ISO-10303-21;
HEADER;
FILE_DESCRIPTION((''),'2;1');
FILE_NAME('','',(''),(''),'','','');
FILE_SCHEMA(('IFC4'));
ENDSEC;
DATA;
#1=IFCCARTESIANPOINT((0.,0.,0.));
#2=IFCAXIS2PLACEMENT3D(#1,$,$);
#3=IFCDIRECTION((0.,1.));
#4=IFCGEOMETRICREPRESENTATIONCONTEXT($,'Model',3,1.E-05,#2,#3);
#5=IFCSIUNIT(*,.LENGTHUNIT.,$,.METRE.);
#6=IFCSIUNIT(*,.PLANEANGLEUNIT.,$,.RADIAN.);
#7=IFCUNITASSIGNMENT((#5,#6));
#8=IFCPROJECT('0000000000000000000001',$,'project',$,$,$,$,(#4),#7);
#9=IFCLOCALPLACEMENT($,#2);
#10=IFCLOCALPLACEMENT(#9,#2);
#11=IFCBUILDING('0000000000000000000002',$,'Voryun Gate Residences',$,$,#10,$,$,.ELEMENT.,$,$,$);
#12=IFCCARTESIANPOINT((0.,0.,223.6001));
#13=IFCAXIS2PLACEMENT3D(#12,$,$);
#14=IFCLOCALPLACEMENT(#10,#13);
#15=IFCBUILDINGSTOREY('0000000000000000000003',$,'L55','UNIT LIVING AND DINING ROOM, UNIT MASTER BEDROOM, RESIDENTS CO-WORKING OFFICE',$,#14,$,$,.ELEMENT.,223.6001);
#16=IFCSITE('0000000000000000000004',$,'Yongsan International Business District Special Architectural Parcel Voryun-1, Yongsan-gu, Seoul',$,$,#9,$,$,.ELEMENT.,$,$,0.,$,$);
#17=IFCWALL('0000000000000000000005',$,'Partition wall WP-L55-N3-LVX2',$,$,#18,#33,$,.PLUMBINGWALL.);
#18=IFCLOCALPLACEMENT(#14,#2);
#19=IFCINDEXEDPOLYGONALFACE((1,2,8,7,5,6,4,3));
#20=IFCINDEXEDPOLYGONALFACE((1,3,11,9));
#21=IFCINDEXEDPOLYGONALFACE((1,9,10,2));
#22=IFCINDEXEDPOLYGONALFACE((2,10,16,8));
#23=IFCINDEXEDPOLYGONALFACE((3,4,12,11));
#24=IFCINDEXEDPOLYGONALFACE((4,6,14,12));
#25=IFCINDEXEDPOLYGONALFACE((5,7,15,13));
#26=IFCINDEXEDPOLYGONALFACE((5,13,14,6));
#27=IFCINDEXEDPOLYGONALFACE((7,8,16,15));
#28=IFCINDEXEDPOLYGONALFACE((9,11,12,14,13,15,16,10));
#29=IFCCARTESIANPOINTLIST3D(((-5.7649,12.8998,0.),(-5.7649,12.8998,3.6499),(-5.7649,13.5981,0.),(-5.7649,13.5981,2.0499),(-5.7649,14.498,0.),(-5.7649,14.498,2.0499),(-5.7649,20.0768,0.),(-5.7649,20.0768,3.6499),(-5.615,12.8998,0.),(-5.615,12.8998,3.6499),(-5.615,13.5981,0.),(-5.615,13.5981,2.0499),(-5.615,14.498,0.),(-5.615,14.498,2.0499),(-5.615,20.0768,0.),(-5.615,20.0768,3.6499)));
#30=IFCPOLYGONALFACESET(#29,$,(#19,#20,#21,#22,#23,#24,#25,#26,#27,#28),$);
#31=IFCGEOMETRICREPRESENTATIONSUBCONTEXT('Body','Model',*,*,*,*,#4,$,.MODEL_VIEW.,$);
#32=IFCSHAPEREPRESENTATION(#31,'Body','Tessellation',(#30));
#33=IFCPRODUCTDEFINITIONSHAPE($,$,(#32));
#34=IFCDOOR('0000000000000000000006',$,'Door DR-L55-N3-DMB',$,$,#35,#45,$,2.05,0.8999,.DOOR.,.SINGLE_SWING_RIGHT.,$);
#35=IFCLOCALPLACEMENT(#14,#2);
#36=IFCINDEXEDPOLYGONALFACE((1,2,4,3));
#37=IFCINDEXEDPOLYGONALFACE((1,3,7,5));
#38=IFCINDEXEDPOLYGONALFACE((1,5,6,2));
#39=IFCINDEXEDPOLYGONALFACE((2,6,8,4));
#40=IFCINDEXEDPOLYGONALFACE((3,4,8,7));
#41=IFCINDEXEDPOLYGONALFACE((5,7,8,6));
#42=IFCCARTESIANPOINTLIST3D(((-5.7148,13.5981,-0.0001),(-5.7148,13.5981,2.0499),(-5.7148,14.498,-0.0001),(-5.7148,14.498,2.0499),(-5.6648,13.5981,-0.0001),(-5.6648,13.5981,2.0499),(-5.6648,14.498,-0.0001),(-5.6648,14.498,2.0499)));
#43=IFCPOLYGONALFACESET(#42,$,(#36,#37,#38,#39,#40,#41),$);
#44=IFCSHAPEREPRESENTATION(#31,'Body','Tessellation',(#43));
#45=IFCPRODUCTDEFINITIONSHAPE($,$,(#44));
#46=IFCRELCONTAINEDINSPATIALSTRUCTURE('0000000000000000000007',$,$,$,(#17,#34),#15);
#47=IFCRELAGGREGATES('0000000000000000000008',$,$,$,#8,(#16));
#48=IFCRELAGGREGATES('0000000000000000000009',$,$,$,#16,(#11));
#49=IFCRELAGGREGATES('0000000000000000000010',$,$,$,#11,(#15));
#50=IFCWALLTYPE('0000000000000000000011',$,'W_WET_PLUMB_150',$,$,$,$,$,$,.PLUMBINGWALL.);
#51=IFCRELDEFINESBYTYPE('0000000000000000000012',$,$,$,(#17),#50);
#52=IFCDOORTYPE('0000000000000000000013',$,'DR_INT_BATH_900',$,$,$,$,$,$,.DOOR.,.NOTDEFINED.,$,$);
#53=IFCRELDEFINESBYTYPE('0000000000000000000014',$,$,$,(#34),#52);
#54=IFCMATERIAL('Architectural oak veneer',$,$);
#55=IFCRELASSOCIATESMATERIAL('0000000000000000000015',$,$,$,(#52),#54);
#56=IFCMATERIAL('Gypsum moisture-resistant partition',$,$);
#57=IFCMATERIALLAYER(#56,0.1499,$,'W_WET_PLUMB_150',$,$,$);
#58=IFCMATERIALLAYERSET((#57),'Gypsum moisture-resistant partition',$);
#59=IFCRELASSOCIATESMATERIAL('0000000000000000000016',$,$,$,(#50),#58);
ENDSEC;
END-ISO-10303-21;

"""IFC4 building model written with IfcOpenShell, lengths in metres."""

from ifc_helpers import new_model, si_unit, direction, frame, frame_2d, origin, place, context, subcontext, project, spatial, rectangle, extrude, material, layer, layer_set, type_object, element, fill, save


model = new_model("IFC4")

# Units and contexts
model_context = context("Model", 3, precision=1e-05, world=origin(), true_north=direction((0.0, 1.0)))
body_context = subcontext(model_context, "Body", "Model", "MODEL_VIEW")
ifc_project = project(units=[si_unit("LENGTHUNIT", "METRE"), si_unit("PLANEANGLEUNIT", "RADIAN")], contexts=[model_context])

# Site, building, storey
site_placement = place(None, origin())
site = spatial("IfcSite", under=ifc_project, at=site_placement, Name="Yongsan International Business District Special Architectural Parcel Voryun-1, Yongsan-gu, Seoul", CompositionType="ELEMENT", RefElevation=0.0)
building_placement = place(site_placement, origin())
building = spatial("IfcBuilding", under=site, at=building_placement, Name="Voryun Gate Residences", CompositionType="ELEMENT")
storey_placement = place(building_placement, frame((0.0, 0.0, 223.6001)))
storey = spatial("IfcBuildingStorey", under=building, at=storey_placement, Name="L55", Description="UNIT LIVING AND DINING ROOM, UNIT MASTER BEDROOM, RESIDENTS CO-WORKING OFFICE", CompositionType="ELEMENT", Elevation=223.6001)

# Shared definitions
ifc_material_1 = material(Name="Architectural oak veneer")
door_type_1 = type_object("IfcDoorType", Name="DR_INT_BATH_900", OperationType="NOTDEFINED", PredefinedType="DOOR", material=ifc_material_1)

# Shared definitions
ifc_material_2 = material(Name="Gypsum moisture-resistant partition")
ifc_layer_1 = layer(ifc_material_2, 0.1499, Name="W_WET_PLUMB_150")
ifc_layer_set_1 = layer_set([ifc_layer_1], Name="Gypsum moisture-resistant partition")
wall_type_1 = type_object("IfcWallType", Name="W_WET_PLUMB_150", PredefinedType="PLUMBINGWALL", material=ifc_layer_set_1)

# Wall, opening, door
wall_1_placement = place(storey_placement, frame((-5.6899, 12.8999, 0.0), z_axis=(0.0, 0.0, 1.0), x_axis=(0.0, 1.0, 0.0)))
wall_1 = element("IfcWall", 1, at=wall_1_placement, inside=storey, type_object=wall_type_1, Name="Partition wall WP-L55-N3-LVX2", PredefinedType="PLUMBINGWALL", context=body_context, shape_type="SweptSolid", body=[
    extrude(rectangle(XDim=7.177, YDim=0.1499, at=frame_2d((3.5884, 0.0))), origin(), (0.0, 0.0, 1.0), 3.6499),
])
opening_1_placement = place(wall_1_placement, frame((0.6982, 0.0, 0.0)))
opening_1 = element("IfcOpeningElement", 2, at=opening_1_placement, cuts=wall_1, PredefinedType="OPENING", context=body_context, shape_type="SweptSolid", body=[
    extrude(rectangle(XDim=0.8999, YDim=2.05, at=frame_2d((0.45, 1.0249))), frame((0.0, 0.085, 0.0), z_axis=(0.0, -1.0, 0.0), x_axis=(1.0, 0.0, 0.0)), (0.0, 0.0, 1.0), 0.1699),
])
door_1_placement = place(opening_1_placement, origin())
door_1 = element("IfcDoor", 3, at=door_1_placement, inside=storey, type_object=door_type_1, Name="Door DR-L55-N3-DMB", OperationType="SINGLE_SWING_RIGHT", OverallHeight=2.05, OverallWidth=0.8999, PredefinedType="DOOR", context=body_context, shape_type="SweptSolid", body=[
    extrude(rectangle(XDim=0.8999, YDim=2.05, at=frame_2d((0.45, 1.0249))), frame((0.0, 0.0249, 0.0), z_axis=(0.0, -1.0, 0.0), x_axis=(1.0, 0.0, 0.0)), (0.0, 0.0, 1.0), 0.05),
])
fill(opening_1, door_1)

save(model, "model.ifc")
